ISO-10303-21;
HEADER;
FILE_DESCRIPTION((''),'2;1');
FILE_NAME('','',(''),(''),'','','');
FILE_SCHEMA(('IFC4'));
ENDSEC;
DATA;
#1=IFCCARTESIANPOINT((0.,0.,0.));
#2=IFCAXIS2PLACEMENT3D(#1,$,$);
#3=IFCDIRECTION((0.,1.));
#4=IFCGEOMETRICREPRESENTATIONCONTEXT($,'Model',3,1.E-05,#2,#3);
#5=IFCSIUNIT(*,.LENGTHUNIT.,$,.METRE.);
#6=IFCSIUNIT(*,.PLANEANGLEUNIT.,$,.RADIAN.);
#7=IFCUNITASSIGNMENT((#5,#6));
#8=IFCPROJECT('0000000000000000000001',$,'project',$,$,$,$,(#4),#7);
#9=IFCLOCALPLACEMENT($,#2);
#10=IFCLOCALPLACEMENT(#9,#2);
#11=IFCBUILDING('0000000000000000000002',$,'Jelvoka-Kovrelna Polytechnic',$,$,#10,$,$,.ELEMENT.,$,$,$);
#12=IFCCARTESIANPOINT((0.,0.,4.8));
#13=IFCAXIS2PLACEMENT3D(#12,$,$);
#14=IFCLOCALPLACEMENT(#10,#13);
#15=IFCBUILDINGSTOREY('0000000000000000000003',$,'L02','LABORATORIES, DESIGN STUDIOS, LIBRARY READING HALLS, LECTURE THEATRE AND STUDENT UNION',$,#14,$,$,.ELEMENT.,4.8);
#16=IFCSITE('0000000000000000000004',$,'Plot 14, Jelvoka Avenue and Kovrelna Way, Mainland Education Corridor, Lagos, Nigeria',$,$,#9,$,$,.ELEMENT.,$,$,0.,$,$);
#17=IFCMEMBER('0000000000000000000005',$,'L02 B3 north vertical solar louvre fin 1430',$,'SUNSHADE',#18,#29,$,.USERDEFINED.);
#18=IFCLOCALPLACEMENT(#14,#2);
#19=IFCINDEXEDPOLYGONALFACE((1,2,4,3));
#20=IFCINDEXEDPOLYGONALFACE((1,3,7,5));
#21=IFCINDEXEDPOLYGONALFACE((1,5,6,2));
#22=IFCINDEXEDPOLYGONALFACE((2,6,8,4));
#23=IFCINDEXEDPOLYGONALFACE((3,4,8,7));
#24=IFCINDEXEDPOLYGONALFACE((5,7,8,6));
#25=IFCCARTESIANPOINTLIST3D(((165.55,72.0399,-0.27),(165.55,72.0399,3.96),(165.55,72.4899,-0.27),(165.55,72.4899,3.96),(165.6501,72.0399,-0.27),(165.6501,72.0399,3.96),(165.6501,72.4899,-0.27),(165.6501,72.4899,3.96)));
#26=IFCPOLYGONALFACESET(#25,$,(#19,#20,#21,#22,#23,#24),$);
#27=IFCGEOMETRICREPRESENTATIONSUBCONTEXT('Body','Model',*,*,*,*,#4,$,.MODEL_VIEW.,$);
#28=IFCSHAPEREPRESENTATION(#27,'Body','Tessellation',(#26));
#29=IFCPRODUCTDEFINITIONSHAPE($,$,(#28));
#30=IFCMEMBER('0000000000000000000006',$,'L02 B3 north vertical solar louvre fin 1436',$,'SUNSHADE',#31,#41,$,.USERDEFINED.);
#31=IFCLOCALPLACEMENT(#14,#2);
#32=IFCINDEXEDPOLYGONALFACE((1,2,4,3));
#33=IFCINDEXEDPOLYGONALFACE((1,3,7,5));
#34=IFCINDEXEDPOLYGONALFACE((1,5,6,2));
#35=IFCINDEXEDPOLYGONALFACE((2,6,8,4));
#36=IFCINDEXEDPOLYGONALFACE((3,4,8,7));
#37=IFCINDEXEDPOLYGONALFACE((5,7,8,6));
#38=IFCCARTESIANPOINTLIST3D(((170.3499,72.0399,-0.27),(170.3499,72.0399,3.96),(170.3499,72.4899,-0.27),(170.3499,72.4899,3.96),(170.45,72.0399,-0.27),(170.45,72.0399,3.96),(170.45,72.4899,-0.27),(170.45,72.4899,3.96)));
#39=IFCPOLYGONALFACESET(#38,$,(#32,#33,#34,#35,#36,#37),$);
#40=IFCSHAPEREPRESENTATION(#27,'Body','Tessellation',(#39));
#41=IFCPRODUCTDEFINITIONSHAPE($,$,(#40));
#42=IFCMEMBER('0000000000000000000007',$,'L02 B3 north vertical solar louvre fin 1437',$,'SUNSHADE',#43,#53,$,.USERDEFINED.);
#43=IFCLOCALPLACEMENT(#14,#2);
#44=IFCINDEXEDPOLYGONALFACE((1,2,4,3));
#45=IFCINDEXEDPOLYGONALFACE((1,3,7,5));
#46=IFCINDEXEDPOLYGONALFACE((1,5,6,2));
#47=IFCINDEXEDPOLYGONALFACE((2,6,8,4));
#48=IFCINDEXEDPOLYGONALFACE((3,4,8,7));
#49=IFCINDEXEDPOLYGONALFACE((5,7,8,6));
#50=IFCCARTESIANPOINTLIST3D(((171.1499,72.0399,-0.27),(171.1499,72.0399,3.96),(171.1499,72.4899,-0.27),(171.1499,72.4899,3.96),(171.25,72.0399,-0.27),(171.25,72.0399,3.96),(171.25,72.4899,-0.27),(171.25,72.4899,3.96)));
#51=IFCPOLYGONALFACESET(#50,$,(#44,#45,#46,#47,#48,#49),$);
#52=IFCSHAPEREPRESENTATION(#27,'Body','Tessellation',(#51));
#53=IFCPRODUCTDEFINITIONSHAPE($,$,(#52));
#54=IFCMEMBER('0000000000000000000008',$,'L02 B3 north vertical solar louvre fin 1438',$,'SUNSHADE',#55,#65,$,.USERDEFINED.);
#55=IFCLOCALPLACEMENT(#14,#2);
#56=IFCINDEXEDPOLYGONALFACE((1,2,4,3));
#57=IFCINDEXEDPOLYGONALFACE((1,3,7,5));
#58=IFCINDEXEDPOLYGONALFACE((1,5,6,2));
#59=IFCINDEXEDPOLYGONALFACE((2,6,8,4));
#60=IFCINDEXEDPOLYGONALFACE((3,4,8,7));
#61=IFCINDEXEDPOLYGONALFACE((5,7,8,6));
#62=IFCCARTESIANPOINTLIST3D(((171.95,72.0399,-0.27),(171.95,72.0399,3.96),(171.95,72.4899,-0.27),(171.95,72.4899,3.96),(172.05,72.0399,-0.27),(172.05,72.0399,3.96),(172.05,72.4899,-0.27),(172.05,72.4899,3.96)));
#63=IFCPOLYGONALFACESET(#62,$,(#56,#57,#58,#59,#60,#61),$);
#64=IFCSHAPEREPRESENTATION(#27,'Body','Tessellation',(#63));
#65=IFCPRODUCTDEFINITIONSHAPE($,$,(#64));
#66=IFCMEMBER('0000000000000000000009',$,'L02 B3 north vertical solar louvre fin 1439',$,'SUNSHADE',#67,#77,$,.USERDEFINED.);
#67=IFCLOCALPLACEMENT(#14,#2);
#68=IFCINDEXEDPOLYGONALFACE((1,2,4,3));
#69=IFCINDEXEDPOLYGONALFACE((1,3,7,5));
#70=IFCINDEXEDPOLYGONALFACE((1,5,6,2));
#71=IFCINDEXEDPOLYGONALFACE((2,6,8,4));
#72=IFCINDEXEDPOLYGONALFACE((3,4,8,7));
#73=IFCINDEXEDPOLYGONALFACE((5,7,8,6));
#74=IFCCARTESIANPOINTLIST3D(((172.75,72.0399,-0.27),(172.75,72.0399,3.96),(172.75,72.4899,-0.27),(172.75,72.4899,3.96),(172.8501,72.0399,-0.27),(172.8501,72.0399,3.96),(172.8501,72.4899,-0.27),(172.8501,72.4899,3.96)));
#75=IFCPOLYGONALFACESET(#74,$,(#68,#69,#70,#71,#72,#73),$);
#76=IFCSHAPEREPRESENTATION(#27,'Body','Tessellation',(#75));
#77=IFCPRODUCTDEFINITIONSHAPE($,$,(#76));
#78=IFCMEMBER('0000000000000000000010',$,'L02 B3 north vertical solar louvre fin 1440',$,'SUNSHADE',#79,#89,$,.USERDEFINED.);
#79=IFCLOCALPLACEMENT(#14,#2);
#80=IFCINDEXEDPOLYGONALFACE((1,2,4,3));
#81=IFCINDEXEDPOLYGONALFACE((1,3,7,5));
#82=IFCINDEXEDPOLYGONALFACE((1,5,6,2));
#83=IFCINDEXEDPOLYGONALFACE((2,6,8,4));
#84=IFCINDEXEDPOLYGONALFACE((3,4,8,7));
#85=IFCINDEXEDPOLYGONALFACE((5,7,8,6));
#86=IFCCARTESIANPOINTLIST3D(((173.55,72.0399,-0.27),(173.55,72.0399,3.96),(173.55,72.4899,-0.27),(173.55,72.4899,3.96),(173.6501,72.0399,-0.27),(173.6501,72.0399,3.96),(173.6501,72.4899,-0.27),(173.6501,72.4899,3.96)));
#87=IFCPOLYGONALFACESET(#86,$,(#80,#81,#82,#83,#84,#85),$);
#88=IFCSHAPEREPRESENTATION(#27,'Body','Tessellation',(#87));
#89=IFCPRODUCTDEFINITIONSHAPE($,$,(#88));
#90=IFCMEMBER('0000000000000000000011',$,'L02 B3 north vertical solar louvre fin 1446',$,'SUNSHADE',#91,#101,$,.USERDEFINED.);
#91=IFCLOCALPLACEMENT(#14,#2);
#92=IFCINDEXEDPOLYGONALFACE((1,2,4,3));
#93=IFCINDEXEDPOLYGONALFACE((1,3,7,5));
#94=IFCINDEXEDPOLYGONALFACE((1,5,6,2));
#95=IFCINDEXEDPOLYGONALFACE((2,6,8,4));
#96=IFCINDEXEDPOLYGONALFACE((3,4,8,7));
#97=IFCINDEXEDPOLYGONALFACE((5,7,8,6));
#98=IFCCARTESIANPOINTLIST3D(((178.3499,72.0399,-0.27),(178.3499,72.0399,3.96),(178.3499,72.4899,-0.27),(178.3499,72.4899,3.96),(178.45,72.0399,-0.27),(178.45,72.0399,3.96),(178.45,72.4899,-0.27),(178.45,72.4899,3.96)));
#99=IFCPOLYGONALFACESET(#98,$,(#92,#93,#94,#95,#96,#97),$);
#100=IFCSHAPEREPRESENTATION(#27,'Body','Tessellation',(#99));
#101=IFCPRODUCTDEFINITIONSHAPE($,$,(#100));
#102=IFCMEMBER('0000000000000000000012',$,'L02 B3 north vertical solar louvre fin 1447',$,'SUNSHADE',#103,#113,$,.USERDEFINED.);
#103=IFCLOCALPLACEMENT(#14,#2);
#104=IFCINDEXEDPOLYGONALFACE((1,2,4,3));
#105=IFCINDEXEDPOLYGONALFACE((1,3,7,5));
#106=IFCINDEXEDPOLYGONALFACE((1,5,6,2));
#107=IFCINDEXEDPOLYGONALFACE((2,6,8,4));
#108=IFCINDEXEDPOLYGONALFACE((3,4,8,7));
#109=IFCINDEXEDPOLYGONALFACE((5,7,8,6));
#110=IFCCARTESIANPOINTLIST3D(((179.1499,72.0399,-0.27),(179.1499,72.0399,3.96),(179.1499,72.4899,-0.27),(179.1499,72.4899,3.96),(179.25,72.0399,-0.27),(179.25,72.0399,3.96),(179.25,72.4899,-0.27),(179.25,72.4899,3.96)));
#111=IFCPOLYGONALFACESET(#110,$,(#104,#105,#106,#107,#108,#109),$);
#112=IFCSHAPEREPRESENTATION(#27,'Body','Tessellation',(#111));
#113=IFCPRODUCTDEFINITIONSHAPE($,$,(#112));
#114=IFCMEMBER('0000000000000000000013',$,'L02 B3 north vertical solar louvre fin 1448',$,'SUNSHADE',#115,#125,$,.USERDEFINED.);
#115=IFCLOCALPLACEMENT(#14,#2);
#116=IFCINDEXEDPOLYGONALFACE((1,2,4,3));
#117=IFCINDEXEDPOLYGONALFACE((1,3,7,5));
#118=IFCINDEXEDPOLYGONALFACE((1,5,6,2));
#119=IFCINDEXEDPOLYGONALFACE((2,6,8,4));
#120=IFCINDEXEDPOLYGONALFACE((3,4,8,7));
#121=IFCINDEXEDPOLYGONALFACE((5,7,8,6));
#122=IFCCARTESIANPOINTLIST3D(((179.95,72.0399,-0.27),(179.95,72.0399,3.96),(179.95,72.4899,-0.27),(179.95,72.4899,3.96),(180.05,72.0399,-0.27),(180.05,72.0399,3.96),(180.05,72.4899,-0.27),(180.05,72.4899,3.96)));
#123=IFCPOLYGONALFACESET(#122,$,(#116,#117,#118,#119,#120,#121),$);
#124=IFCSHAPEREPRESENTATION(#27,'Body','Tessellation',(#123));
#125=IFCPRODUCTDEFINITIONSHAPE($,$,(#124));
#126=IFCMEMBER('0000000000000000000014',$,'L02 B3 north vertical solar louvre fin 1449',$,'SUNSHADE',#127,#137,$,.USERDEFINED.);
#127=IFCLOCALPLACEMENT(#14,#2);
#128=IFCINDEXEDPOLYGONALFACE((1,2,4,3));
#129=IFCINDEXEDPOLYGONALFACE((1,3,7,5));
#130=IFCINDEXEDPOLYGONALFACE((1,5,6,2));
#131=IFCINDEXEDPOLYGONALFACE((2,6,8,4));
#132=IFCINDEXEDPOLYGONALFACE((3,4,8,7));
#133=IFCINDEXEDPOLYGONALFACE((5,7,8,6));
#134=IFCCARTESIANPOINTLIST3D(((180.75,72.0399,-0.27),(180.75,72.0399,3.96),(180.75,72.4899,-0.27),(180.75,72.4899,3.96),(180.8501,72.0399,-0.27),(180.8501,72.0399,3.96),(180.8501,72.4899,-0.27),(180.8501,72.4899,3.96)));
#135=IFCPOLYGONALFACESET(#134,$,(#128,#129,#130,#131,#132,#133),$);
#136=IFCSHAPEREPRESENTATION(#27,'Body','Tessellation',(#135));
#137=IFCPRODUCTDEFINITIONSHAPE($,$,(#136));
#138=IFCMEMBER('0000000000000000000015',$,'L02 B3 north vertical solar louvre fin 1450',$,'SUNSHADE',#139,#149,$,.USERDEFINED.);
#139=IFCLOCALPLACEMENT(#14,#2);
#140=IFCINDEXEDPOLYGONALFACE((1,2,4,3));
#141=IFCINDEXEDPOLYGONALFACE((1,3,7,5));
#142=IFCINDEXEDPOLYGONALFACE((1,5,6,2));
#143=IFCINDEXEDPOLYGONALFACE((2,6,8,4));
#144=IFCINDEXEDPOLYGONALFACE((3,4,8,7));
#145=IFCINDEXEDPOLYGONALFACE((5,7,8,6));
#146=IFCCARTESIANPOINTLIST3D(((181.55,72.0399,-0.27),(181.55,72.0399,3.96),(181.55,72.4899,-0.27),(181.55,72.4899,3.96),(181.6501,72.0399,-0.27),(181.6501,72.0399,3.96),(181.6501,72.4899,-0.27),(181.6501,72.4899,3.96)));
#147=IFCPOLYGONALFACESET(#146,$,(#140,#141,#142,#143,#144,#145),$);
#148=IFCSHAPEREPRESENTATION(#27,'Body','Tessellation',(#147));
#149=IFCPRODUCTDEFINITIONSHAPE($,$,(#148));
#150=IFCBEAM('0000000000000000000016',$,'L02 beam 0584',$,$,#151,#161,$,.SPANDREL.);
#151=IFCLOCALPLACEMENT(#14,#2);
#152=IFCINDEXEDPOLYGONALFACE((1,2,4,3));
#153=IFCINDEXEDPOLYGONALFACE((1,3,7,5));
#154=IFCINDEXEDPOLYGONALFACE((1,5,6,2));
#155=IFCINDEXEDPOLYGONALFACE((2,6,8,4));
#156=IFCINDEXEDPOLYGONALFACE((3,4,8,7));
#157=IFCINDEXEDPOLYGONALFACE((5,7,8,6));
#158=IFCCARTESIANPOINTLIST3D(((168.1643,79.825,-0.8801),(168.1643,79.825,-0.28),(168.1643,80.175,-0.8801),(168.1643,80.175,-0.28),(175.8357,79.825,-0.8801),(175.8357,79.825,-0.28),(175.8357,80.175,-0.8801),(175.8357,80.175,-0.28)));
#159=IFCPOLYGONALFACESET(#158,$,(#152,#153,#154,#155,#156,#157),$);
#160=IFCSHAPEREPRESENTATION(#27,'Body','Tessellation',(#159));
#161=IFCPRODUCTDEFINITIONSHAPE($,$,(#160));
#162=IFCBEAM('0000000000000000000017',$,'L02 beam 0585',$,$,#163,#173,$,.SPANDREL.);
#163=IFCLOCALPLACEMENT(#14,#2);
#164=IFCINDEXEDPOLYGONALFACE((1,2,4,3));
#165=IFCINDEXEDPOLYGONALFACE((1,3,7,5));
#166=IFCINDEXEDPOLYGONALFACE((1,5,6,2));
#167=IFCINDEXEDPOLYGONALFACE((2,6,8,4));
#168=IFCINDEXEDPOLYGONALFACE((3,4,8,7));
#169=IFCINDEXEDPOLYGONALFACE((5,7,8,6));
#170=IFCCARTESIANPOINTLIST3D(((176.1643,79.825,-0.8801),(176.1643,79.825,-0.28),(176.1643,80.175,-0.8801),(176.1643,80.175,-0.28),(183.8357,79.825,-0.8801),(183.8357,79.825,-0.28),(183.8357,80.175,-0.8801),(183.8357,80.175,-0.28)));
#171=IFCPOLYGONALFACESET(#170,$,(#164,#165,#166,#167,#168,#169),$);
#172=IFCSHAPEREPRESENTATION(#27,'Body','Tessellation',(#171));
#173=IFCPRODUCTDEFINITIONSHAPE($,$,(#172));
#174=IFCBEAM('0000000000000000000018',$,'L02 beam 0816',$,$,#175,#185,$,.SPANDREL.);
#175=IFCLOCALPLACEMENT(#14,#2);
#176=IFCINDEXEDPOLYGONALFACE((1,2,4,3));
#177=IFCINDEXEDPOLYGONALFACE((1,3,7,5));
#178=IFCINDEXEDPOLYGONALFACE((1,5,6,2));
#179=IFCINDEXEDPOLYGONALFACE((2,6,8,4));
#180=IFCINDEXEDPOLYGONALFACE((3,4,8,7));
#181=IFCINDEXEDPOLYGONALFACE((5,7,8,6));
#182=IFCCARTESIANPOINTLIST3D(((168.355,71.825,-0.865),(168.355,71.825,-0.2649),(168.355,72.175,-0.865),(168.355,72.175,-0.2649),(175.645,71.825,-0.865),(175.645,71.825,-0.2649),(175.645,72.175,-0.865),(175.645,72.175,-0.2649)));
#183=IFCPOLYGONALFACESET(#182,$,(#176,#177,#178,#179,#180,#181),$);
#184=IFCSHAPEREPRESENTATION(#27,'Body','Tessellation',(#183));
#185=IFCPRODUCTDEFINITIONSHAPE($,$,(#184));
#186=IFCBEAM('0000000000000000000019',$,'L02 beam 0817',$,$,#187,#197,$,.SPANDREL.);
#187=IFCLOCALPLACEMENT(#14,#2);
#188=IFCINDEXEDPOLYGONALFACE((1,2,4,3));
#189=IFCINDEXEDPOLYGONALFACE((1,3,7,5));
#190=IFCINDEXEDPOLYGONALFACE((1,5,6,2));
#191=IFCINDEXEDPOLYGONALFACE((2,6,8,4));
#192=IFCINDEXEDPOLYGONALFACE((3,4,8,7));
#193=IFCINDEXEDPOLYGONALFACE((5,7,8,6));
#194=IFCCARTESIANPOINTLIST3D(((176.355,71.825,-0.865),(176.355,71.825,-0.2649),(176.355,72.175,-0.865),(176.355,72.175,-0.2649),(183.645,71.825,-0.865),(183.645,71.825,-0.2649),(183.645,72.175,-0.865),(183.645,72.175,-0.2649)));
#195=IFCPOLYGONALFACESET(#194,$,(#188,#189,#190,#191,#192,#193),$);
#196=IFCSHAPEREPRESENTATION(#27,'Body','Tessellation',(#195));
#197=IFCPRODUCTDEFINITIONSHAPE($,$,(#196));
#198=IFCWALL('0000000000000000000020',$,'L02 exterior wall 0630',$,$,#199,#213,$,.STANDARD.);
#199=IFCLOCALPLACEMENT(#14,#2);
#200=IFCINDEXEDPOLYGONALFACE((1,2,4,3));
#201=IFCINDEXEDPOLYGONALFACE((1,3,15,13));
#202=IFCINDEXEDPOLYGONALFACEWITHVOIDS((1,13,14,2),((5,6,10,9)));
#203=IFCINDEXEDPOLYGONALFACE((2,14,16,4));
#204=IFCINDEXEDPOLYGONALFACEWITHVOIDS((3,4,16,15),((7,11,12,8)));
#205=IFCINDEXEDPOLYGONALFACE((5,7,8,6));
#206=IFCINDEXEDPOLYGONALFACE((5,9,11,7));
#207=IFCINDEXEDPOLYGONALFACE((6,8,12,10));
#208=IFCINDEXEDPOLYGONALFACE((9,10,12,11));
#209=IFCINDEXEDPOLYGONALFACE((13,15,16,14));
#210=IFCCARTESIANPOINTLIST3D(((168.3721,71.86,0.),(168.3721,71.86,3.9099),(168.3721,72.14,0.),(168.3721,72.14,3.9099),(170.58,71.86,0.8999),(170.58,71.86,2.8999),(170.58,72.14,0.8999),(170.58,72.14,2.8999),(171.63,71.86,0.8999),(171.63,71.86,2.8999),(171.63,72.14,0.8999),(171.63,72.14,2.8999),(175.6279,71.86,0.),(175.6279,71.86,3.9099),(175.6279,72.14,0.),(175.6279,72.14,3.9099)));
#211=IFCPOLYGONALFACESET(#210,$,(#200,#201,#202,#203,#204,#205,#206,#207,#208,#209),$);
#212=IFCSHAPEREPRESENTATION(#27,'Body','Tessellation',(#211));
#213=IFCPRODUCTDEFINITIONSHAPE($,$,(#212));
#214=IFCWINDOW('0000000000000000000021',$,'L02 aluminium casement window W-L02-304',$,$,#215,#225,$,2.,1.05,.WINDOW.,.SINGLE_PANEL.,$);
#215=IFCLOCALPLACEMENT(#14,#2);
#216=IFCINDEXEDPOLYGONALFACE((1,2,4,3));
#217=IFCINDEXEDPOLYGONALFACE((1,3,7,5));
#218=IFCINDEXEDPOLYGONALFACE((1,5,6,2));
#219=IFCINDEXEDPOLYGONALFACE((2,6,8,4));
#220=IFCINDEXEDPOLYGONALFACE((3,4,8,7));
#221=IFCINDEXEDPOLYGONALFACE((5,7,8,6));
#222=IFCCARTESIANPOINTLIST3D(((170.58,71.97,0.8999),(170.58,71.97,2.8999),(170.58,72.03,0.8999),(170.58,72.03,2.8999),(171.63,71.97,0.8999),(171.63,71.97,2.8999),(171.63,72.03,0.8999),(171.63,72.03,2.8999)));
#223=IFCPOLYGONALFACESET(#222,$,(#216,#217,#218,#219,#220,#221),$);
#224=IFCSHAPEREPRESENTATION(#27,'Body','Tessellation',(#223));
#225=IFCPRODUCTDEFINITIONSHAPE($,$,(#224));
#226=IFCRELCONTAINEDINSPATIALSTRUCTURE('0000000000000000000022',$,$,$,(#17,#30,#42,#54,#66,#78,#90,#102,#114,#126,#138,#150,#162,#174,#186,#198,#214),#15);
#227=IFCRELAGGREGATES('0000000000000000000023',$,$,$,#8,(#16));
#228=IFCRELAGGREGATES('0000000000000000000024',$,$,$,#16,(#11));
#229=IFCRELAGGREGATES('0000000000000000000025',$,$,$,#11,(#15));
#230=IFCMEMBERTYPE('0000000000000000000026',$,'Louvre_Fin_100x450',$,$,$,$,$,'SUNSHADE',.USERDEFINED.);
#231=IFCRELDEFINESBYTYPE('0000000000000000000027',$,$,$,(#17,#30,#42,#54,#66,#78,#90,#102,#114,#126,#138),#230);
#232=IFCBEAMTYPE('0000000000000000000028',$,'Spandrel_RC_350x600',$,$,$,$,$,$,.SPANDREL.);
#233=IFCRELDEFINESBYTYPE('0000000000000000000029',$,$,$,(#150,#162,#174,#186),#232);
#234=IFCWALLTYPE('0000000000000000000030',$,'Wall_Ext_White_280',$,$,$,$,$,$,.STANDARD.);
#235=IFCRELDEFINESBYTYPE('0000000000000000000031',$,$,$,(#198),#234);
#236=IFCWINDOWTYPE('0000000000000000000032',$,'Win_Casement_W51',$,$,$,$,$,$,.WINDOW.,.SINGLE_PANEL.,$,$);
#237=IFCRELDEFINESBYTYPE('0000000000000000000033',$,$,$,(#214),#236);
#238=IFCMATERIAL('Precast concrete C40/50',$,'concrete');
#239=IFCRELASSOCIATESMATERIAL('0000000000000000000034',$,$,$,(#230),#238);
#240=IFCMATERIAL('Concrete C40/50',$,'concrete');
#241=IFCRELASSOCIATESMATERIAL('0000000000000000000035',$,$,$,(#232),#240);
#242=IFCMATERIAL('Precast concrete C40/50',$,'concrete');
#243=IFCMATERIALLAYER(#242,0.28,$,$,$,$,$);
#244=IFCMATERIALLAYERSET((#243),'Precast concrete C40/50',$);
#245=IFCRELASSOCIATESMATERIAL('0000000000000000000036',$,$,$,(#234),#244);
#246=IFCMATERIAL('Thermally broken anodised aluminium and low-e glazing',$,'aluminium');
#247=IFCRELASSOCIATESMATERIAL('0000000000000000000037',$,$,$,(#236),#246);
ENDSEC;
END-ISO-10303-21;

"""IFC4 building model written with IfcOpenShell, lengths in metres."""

from ifc_helpers import new_model, si_unit, direction, frame, frame_2d, origin, origin_2d, place, context, subcontext, project, spatial, rectangle, extrude, material, layer, layer_set, material_profile, profile_set, type_object, element, fill, save


model = new_model("IFC4")

# Units and contexts
model_context = context("Model", 3, precision=1e-05, world=origin(), true_north=direction((0.0, 1.0)))
body_context = subcontext(model_context, "Body", "Model", "MODEL_VIEW")
ifc_project = project(units=[si_unit("LENGTHUNIT", "METRE"), si_unit("PLANEANGLEUNIT", "RADIAN")], contexts=[model_context])

# Site, building, storey
site_placement = place(None, origin())
site = spatial("IfcSite", under=ifc_project, at=site_placement, Name="Plot 14, Jelvoka Avenue and Kovrelna Way, Mainland Education Corridor, Lagos, Nigeria", CompositionType="ELEMENT", RefElevation=0.0)
building_placement = place(site_placement, origin())
building = spatial("IfcBuilding", under=site, at=building_placement, Name="Jelvoka-Kovrelna Polytechnic", CompositionType="ELEMENT")
storey_placement = place(building_placement, frame((0.0, 0.0, 4.8)))
storey = spatial("IfcBuildingStorey", under=building, at=storey_placement, Name="L02", Description="LABORATORIES, DESIGN STUDIOS, LIBRARY READING HALLS, LECTURE THEATRE AND STUDENT UNION", CompositionType="ELEMENT", Elevation=4.8)

# Members
ifc_material_1 = material(Name="Precast concrete C40/50", Category="concrete")
ifc_material_profile_1 = material_profile(ifc_material_1, rectangle(XDim=0.1001, YDim=0.45, at=origin_2d()), Name="PC 100x450")
ifc_profile_set_1 = profile_set([ifc_material_profile_1], Name="Precast concrete C40/50")
member_type = type_object("IfcMemberType", Name="Louvre_Fin_100x450", ElementType="SUNSHADE", PredefinedType="USERDEFINED", material=ifc_profile_set_1)
for number, where, z_axis, x_axis, name in (
    (1, (165.6001, 72.2649, -0.27), (0.0, 0.0, 1.0), (1.0, 0.0, 0.0), "L02 B3 north vertical solar louvre fin 1430"),
    (2, (170.3999, 72.2649, -0.27), (0.0, 0.0, 1.0), (1.0, 0.0, 0.0), "L02 B3 north vertical solar louvre fin 1436"),
    (3, (171.2, 72.2649, -0.27), (0.0, 0.0, 1.0), (1.0, 0.0, 0.0), "L02 B3 north vertical solar louvre fin 1437"),
    (4, (172.0, 72.2649, -0.27), (0.0, 0.0, 1.0), (1.0, 0.0, 0.0), "L02 B3 north vertical solar louvre fin 1438"),
    (5, (172.8, 72.2649, -0.27), (0.0, 0.0, 1.0), (1.0, 0.0, 0.0), "L02 B3 north vertical solar louvre fin 1439"),
    (6, (173.6001, 72.2649, -0.27), (0.0, 0.0, 1.0), (1.0, 0.0, 0.0), "L02 B3 north vertical solar louvre fin 1440"),
    (7, (178.3999, 72.2649, -0.27), (0.0, 0.0, 1.0), (1.0, 0.0, 0.0), "L02 B3 north vertical solar louvre fin 1446"),
    (8, (179.2, 72.2649, -0.27), (0.0, 0.0, 1.0), (1.0, 0.0, 0.0), "L02 B3 north vertical solar louvre fin 1447"),
    (9, (180.0, 72.2649, -0.27), (0.0, 0.0, 1.0), (1.0, 0.0, 0.0), "L02 B3 north vertical solar louvre fin 1448"),
    (10, (180.8, 72.2649, -0.27), (0.0, 0.0, 1.0), (1.0, 0.0, 0.0), "L02 B3 north vertical solar louvre fin 1449"),
    (11, (181.6001, 72.2649, -0.27), (0.0, 0.0, 1.0), (1.0, 0.0, 0.0), "L02 B3 north vertical solar louvre fin 1450"),
):
    element("IfcMember", number, at=place(storey_placement, frame(where, z_axis=z_axis, x_axis=x_axis)), inside=storey, type_object=member_type, Name=name, ObjectType="SUNSHADE", PredefinedType="USERDEFINED", context=body_context, shape_type="SweptSolid", body=[
        extrude(rectangle(XDim=0.1001, YDim=0.45, at=origin_2d()), origin(), (0.0, 0.0, 1.0), 4.23),
    ])

# Beams
ifc_material_2 = material(Name="Concrete C40/50", Category="concrete")
ifc_material_profile_2 = material_profile(ifc_material_2, rectangle(XDim=0.3501, YDim=0.6001, at=origin_2d()), Name="RC 350x600")
ifc_profile_set_2 = profile_set([ifc_material_profile_2], Name="Concrete C40/50")
beam_type_1 = type_object("IfcBeamType", Name="Spandrel_RC_350x600", PredefinedType="SPANDREL", material=ifc_profile_set_2)
for number, where, z_axis, x_axis, name in (
    (12, (168.1643, 80.0, -0.5801), (1.0, 0.0, 0.0), (0.0, 1.0, 0.0), "L02 beam 0584"),
    (13, (176.1643, 80.0, -0.5801), (1.0, 0.0, 0.0), (0.0, 1.0, 0.0), "L02 beam 0585"),
):
    element("IfcBeam", number, at=place(storey_placement, frame(where, z_axis=z_axis, x_axis=x_axis)), inside=storey, type_object=beam_type_1, Name=name, PredefinedType="SPANDREL", context=body_context, shape_type="SweptSolid", body=[
        extrude(rectangle(XDim=0.3501, YDim=0.6001, at=origin_2d()), origin(), (0.0, 0.0, 1.0), 7.6714),
    ])
for number, where, z_axis, x_axis, name in (
    (14, (168.355, 72.0, -0.5649), (1.0, 0.0, 0.0), (0.0, 1.0, 0.0), "L02 beam 0816"),
    (15, (176.355, 72.0, -0.5649), (1.0, 0.0, 0.0), (0.0, 1.0, 0.0), "L02 beam 0817"),
):
    element("IfcBeam", number, at=place(storey_placement, frame(where, z_axis=z_axis, x_axis=x_axis)), inside=storey, type_object=beam_type_1, Name=name, PredefinedType="SPANDREL", context=body_context, shape_type="SweptSolid", body=[
        extrude(rectangle(XDim=0.3501, YDim=0.6001, at=origin_2d()), origin(), (0.0, 0.0, 1.0), 7.29),
    ])

# Wall, opening, window
ifc_material_3 = material(Name="Precast concrete C40/50", Category="concrete")
ifc_layer = layer(ifc_material_3, 0.28)
ifc_layer_set = layer_set([ifc_layer], Name="Precast concrete C40/50")
wall_type = type_object("IfcWallType", Name="Wall_Ext_White_280", PredefinedType="STANDARD", material=ifc_layer_set)
wall_1_placement = place(storey_placement, frame((168.3721, 72.0, 0.0), z_axis=(0.0, 0.0, 1.0), x_axis=(1.0, 0.0, 0.0)))
wall_1 = element("IfcWall", 16, at=wall_1_placement, inside=storey, type_object=wall_type, Name="L02 exterior wall 0630", PredefinedType="STANDARD", context=body_context, shape_type="SweptSolid", body=[
    extrude(rectangle(XDim=7.2559, YDim=0.28, at=frame_2d((3.6279, 0.0))), origin(), (0.0, 0.0, 1.0), 3.9099),
])
opening_1_placement = place(wall_1_placement, frame((2.208, 0.0, 0.8999)))
opening_1 = element("IfcOpeningElement", 17, at=opening_1_placement, cuts=wall_1, PredefinedType="OPENING", context=body_context, shape_type="SweptSolid", body=[
    extrude(rectangle(XDim=1.05, YDim=2.0, at=frame_2d((0.5249, 1.0))), frame((0.0, 0.1501, 0.0), z_axis=(0.0, -1.0, 0.0), x_axis=(1.0, 0.0, 0.0)), (0.0, 0.0, 1.0), 0.3),
])
ifc_material_4 = material(Name="Thermally broken anodised aluminium and low-e glazing", Category="aluminium")
window_type_1 = type_object("IfcWindowType", Name="Win_Casement_W51", PartitioningType="SINGLE_PANEL", PredefinedType="WINDOW", material=ifc_material_4)
window_1_placement = place(opening_1_placement, origin())
window_1 = element("IfcWindow", 18, at=window_1_placement, inside=storey, type_object=window_type_1, Name="L02 aluminium casement window W-L02-304", OverallHeight=2.0, OverallWidth=1.05, PartitioningType="SINGLE_PANEL", PredefinedType="WINDOW", context=body_context, shape_type="SweptSolid", body=[
    extrude(rectangle(XDim=1.05, YDim=2.0, at=frame_2d((0.5249, 1.0))), frame((0.0, 0.03, 0.0), z_axis=(0.0, -1.0, 0.0), x_axis=(1.0, 0.0, 0.0)), (0.0, 0.0, 1.0), 0.0601),
])
fill(opening_1, window_1)

save(model, "model.ifc")
